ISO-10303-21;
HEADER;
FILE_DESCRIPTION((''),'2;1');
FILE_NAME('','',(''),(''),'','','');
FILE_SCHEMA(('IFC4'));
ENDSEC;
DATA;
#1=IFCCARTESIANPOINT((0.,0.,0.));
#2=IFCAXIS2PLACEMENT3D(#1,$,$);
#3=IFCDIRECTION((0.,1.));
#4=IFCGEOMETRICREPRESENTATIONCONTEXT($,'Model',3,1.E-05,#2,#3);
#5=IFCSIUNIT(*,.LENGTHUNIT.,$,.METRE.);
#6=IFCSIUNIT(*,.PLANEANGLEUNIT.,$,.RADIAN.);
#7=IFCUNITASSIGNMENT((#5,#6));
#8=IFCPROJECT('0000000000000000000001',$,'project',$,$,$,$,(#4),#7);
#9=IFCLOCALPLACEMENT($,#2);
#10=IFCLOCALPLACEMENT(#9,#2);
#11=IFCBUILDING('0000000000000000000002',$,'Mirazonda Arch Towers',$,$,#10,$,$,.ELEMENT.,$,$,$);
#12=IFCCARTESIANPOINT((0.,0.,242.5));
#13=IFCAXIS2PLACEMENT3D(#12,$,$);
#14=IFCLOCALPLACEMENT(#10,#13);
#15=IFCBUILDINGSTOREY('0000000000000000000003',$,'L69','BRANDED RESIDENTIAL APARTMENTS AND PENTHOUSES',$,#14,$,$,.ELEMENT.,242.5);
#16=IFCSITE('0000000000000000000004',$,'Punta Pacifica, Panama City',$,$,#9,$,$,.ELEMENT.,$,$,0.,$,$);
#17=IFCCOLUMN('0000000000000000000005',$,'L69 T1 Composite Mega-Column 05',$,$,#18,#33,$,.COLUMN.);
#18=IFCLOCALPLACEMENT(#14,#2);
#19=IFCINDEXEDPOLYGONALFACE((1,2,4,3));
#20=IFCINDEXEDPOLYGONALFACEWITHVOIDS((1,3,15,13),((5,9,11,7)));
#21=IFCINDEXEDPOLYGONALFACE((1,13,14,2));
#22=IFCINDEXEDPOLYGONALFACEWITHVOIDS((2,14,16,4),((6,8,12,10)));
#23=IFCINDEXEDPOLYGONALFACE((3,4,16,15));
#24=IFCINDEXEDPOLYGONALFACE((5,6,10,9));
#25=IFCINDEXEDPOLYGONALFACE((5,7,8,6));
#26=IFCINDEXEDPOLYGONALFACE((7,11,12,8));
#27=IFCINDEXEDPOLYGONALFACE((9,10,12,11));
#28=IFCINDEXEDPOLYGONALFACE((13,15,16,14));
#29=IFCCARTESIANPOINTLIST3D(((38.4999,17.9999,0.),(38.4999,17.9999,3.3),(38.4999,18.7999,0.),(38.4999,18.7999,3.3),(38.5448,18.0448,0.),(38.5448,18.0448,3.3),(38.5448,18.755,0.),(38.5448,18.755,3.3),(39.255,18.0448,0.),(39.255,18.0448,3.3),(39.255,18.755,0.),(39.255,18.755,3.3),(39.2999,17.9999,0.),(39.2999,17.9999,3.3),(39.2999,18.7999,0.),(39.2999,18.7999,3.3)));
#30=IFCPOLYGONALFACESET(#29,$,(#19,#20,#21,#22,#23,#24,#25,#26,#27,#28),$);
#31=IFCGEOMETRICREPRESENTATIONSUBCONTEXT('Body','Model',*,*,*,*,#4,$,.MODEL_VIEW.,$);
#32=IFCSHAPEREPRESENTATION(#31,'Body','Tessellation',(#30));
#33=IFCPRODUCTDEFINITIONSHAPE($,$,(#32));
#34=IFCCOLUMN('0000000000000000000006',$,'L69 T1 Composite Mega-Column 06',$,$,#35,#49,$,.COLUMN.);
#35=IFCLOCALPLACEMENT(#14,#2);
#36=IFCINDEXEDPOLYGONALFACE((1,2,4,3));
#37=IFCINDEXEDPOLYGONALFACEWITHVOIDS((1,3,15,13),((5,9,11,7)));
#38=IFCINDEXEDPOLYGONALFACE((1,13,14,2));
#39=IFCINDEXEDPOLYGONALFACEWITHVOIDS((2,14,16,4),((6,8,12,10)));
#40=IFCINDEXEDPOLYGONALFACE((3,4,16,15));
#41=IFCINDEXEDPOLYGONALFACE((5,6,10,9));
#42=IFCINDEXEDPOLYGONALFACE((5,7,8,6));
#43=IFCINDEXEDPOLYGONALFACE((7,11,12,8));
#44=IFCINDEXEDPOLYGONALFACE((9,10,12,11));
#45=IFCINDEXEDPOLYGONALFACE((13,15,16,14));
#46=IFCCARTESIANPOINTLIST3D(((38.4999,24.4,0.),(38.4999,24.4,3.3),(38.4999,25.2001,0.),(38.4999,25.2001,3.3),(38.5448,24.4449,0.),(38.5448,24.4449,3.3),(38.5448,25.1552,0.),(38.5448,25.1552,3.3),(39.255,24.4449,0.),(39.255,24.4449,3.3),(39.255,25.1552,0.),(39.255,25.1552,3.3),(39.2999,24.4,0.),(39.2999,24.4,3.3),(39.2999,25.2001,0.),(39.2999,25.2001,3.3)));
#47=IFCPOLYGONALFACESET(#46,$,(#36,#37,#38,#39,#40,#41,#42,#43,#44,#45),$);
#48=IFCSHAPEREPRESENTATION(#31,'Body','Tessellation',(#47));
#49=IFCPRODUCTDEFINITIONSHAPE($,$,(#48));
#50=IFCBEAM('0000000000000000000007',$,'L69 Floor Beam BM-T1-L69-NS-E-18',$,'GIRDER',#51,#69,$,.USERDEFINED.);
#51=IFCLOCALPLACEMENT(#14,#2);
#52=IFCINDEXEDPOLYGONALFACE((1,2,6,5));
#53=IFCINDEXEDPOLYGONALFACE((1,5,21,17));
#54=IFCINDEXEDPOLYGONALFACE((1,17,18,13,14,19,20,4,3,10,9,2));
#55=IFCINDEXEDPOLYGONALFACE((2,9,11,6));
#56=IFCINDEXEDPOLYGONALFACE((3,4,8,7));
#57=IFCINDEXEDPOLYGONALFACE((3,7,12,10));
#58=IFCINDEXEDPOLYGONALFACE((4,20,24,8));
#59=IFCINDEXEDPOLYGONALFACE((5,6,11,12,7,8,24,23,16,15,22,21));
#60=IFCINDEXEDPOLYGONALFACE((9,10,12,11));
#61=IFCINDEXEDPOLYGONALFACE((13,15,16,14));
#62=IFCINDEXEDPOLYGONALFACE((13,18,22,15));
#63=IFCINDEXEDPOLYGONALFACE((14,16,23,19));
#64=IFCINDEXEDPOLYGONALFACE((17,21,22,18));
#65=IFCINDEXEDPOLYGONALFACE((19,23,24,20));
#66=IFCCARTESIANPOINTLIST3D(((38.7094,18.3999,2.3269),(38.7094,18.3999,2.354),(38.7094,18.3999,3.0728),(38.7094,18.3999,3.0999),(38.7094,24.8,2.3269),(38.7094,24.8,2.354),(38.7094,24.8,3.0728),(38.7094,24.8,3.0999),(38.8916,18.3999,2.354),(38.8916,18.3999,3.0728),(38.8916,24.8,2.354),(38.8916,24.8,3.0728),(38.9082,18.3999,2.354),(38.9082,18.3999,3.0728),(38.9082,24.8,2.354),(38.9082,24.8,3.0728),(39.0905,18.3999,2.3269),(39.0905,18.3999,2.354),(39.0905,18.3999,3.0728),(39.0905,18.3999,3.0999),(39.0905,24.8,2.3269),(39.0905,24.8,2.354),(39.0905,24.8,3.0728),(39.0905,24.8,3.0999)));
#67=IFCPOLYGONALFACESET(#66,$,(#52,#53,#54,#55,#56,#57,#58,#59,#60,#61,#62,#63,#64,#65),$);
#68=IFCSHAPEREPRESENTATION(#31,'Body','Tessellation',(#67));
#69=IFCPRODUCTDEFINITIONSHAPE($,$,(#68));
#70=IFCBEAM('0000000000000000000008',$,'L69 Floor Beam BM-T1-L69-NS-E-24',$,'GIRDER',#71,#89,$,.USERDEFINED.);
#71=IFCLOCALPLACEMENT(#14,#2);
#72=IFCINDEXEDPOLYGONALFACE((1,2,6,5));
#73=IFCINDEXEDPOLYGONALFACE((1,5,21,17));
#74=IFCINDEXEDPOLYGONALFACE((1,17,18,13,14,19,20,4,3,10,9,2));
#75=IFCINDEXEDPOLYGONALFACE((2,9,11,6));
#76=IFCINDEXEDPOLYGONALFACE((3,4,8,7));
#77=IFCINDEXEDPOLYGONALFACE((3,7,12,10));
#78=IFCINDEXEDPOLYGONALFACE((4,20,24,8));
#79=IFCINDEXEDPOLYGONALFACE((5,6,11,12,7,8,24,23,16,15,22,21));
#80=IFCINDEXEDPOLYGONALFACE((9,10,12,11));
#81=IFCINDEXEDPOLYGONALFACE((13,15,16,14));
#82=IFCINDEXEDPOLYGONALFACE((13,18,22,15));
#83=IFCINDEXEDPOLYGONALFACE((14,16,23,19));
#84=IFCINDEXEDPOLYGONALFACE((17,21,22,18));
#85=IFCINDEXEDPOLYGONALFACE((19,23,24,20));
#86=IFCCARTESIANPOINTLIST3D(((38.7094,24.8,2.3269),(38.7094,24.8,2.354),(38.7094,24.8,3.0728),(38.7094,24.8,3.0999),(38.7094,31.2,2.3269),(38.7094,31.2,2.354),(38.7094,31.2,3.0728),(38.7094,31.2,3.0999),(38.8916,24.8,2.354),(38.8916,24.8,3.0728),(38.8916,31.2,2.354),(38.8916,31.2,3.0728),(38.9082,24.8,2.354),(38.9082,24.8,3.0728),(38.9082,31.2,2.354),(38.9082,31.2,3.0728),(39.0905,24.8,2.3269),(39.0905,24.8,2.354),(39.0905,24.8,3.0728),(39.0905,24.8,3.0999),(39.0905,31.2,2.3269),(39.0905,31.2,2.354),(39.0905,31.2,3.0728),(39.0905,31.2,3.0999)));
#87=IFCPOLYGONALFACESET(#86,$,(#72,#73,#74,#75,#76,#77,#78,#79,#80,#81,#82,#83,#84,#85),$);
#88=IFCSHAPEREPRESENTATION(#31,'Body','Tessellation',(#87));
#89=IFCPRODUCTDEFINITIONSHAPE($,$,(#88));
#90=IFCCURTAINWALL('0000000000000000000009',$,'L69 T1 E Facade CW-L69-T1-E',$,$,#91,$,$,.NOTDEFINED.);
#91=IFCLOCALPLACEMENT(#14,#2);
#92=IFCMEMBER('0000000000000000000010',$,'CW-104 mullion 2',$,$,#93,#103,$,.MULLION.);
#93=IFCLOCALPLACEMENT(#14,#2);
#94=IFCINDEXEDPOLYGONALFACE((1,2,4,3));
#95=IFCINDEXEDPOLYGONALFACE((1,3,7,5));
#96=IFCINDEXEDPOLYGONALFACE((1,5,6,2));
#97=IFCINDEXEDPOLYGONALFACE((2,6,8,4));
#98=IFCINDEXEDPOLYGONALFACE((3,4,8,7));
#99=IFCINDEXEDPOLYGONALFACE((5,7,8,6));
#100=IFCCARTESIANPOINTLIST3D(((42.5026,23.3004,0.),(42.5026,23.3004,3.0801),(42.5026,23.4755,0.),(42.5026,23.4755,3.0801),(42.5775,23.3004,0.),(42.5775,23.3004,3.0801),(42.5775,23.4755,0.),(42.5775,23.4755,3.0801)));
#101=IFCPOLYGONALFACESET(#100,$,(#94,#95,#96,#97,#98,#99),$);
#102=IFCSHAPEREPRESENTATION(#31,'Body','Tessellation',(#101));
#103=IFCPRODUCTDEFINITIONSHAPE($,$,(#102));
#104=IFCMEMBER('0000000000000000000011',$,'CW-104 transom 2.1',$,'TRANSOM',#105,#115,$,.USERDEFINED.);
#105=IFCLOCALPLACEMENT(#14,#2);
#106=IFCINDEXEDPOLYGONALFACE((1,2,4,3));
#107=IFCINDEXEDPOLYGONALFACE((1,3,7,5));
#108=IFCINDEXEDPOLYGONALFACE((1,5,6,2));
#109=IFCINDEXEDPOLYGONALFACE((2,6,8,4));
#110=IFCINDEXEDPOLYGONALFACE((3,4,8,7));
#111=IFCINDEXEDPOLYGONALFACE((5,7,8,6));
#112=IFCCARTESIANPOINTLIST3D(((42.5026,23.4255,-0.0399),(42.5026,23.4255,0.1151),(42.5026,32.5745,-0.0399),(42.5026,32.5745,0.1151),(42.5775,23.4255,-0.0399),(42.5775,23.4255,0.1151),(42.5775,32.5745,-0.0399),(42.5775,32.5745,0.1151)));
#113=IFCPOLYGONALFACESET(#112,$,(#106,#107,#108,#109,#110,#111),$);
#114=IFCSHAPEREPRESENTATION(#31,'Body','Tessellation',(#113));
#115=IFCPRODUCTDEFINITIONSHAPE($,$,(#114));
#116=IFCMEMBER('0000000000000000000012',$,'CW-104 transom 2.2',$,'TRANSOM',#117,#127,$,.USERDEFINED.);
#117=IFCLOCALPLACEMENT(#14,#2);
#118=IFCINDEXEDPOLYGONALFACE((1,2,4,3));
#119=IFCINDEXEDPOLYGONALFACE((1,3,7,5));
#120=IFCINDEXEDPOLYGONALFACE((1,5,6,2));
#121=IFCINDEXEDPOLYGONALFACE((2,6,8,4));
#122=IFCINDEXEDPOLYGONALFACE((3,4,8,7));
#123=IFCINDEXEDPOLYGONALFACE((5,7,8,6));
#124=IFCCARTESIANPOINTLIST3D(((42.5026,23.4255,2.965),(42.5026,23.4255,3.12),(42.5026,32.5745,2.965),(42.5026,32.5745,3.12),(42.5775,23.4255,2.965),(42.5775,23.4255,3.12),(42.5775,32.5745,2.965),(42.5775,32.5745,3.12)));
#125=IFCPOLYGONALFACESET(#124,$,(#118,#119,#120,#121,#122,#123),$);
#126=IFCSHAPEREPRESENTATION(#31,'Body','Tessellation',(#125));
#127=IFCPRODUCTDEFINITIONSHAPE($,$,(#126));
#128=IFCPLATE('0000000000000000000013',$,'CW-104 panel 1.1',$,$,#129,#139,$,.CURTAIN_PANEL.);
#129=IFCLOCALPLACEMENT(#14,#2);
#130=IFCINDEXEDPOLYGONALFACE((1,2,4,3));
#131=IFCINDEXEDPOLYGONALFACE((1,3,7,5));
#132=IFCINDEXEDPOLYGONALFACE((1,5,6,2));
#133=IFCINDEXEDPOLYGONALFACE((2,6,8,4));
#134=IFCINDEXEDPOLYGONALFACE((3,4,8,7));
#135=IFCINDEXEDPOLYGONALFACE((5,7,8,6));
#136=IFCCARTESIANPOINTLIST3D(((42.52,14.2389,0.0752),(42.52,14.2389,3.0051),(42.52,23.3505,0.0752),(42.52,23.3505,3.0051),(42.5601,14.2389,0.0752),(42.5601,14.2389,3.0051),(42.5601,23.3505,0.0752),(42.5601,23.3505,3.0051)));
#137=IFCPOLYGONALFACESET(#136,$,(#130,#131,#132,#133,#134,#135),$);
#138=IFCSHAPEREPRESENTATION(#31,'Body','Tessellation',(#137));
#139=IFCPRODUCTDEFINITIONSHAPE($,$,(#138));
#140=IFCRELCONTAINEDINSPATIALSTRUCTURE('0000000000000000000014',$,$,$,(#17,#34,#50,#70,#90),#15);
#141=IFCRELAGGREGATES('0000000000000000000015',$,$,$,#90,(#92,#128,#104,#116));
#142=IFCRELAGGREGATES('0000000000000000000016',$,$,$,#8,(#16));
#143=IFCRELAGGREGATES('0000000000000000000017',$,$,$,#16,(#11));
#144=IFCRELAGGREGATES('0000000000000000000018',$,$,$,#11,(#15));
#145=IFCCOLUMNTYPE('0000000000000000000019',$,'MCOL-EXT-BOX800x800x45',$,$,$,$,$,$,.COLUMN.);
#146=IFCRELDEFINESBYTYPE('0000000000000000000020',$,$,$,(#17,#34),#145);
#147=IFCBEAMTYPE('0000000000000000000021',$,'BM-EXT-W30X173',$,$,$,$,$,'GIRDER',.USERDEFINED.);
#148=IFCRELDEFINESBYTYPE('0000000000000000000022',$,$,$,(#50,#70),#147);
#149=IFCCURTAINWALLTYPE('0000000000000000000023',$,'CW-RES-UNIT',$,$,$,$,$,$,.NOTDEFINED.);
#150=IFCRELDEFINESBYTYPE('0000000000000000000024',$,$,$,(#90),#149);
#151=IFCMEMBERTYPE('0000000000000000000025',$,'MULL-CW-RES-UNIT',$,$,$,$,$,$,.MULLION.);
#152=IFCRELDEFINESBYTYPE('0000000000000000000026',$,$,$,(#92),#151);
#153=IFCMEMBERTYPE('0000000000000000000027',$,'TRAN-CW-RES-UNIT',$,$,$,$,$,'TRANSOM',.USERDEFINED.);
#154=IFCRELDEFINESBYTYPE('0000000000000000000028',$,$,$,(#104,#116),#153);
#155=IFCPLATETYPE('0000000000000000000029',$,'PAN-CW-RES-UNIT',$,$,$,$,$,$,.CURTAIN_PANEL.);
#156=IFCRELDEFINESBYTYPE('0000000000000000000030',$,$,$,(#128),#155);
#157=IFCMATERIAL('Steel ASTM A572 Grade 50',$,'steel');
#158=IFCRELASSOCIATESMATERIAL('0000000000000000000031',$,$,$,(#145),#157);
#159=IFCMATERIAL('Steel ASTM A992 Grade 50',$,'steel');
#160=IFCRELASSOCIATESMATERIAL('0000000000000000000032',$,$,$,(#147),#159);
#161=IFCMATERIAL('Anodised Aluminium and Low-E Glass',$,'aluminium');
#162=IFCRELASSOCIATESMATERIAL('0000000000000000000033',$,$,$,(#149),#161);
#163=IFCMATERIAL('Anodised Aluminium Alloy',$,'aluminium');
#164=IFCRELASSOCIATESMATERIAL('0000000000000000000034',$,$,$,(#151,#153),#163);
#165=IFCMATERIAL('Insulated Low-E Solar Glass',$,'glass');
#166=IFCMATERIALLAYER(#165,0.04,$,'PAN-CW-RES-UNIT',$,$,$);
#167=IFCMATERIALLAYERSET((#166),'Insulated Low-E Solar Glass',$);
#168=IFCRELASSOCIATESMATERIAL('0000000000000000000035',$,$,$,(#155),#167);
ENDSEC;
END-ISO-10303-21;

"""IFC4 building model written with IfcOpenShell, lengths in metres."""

from ifc_helpers import new_model, si_unit, direction, frame, origin, origin_2d, place, context, subcontext, project, spatial, rectangle, hollow_rectangle, i_section, extrude, material, layer, layer_set, material_profile, profile_set, type_object, element, aggregate, save


model = new_model("IFC4")

# Units and contexts
model_context = context("Model", 3, precision=1e-05, world=origin(), true_north=direction((0.0, 1.0)))
body_context = subcontext(model_context, "Body", "Model", "MODEL_VIEW")
ifc_project = project(units=[si_unit("LENGTHUNIT", "METRE"), si_unit("PLANEANGLEUNIT", "RADIAN")], contexts=[model_context])

# Site, building, storey
site_placement = place(None, origin())
site = spatial("IfcSite", under=ifc_project, at=site_placement, Name="Punta Pacifica, Panama City", CompositionType="ELEMENT", RefElevation=0.0)
building_placement = place(site_placement, origin())
building = spatial("IfcBuilding", under=site, at=building_placement, Name="Mirazonda Arch Towers", CompositionType="ELEMENT")
storey_placement = place(building_placement, frame((0.0, 0.0, 242.5)))
storey = spatial("IfcBuildingStorey", under=building, at=storey_placement, Name="L69", Description="BRANDED RESIDENTIAL APARTMENTS AND PENTHOUSES", CompositionType="ELEMENT", Elevation=242.5)

# Columns
ifc_material_1 = material(Name="Steel ASTM A572 Grade 50", Category="steel")
ifc_material_profile_1 = material_profile(ifc_material_1, hollow_rectangle(XDim=0.8, YDim=0.8, WallThickness=0.0449, at=origin_2d()), Name="BOX800x800x45")
ifc_profile_set_1 = profile_set([ifc_material_profile_1], Name="Steel ASTM A572 Grade 50")
column_type = type_object("IfcColumnType", Name="MCOL-EXT-BOX800x800x45", PredefinedType="COLUMN", material=ifc_profile_set_1)
for number, where, z_axis, x_axis, name in (
    (1, (38.8999, 18.3999, 0.0), (0.0, 0.0, 1.0), (1.0, 0.0, 0.0), "L69 T1 Composite Mega-Column 05"),
    (2, (38.8999, 24.8, 0.0), (0.0, 0.0, 1.0), (1.0, 0.0, 0.0), "L69 T1 Composite Mega-Column 06"),
):
    element("IfcColumn", number, at=place(storey_placement, frame(where, z_axis=z_axis, x_axis=x_axis)), inside=storey, type_object=column_type, Name=name, PredefinedType="COLUMN", context=body_context, shape_type="SweptSolid", body=[
        extrude(hollow_rectangle(XDim=0.8, YDim=0.8, WallThickness=0.0449, at=origin_2d()), origin(), (0.0, 0.0, 1.0), 3.3),
    ])

# Beams
ifc_material_2 = material(Name="Steel ASTM A992 Grade 50", Category="steel")
ifc_material_profile_2 = material_profile(ifc_material_2, i_section(OverallWidth=0.3811, OverallDepth=0.7729, WebThickness=0.0166, FlangeThickness=0.0271, at=origin_2d()), Name="W30X173")
ifc_profile_set_2 = profile_set([ifc_material_profile_2], Name="Steel ASTM A992 Grade 50")
beam_type = type_object("IfcBeamType", Name="BM-EXT-W30X173", ElementType="GIRDER", PredefinedType="USERDEFINED", material=ifc_profile_set_2)
beam_1_placement = place(storey_placement, frame((38.8999, 18.3999, 2.7134), z_axis=(0.0, 1.0, 0.0), x_axis=(-1.0, 0.0, 0.0)))
element("IfcBeam", 3, at=beam_1_placement, inside=storey, type_object=beam_type, Name="L69 Floor Beam BM-T1-L69-NS-E-18", ObjectType="GIRDER", PredefinedType="USERDEFINED", context=body_context, shape_type="SweptSolid", body=[
    extrude(i_section(OverallWidth=0.3811, OverallDepth=0.7729, WebThickness=0.0166, FlangeThickness=0.0271, at=origin_2d()), origin(), (0.0, 0.0, 1.0), 6.4001),
])
beam_2_placement = place(storey_placement, frame((38.8999, 24.8, 2.7134), z_axis=(0.0, 1.0, 0.0), x_axis=(-1.0, 0.0, 0.0)))
element("IfcBeam", 4, at=beam_2_placement, inside=storey, type_object=beam_type, Name="L69 Floor Beam BM-T1-L69-NS-E-24", ObjectType="GIRDER", PredefinedType="USERDEFINED", context=body_context, shape_type="SweptSolid", body=[
    extrude(i_section(OverallWidth=0.3811, OverallDepth=0.7729, WebThickness=0.0166, FlangeThickness=0.0271, at=origin_2d()), origin(), (0.0, 0.0, 1.0), 6.3999),
])

# Curtain wall, members, plate
ifc_material_3 = material(Name="Anodised Aluminium and Low-E Glass", Category="aluminium")
curtain_wall_type = type_object("IfcCurtainWallType", Name="CW-RES-UNIT", PredefinedType="NOTDEFINED", material=ifc_material_3)
curtain_wall_placement = place(storey_placement, origin())
curtain_wall = element("IfcCurtainWall", 5, at=curtain_wall_placement, inside=storey, type_object=curtain_wall_type, Name="L69 T1 E Facade CW-L69-T1-E", PredefinedType="NOTDEFINED")
ifc_material_4 = material(Name="Anodised Aluminium Alloy", Category="aluminium")
ifc_material_profile_3 = material_profile(ifc_material_4, rectangle(XDim=0.075, YDim=0.175, at=origin_2d()), Name="ALU-MULL-75x175")
ifc_profile_set_3 = profile_set([ifc_material_profile_3], Name="Anodised Aluminium Alloy")
member_type_1 = type_object("IfcMemberType", Name="MULL-CW-RES-UNIT", PredefinedType="MULLION", material=ifc_profile_set_3)
member_1_placement = place(storey_placement, frame((42.54, 23.3879, 0.0), z_axis=(0.0, 0.0, 1.0), x_axis=(-1.0, 0.0, 0.0)))
member_1 = element("IfcMember", 6, at=member_1_placement, type_object=member_type_1, Name="CW-104 mullion 2", PredefinedType="MULLION", context=body_context, shape_type="SweptSolid", body=[
    extrude(rectangle(XDim=0.075, YDim=0.175, at=origin_2d()), origin(), (0.0, 0.0, 1.0), 3.0801),
])
ifc_material_profile_4 = material_profile(ifc_material_4, rectangle(XDim=0.075, YDim=0.155, at=origin_2d()), Name="ALU-TRAN-75x155")
ifc_profile_set_4 = profile_set([ifc_material_profile_4], Name="Anodised Aluminium Alloy")
member_type_2 = type_object("IfcMemberType", Name="TRAN-CW-RES-UNIT", ElementType="TRANSOM", PredefinedType="USERDEFINED", material=ifc_profile_set_4)
member_2_placement = place(storey_placement, frame((42.54, 23.4255, 0.0376), z_axis=(0.0, 1.0, 0.0), x_axis=(-1.0, 0.0, 0.0)))
member_2 = element("IfcMember", 7, at=member_2_placement, type_object=member_type_2, Name="CW-104 transom 2.1", ObjectType="TRANSOM", PredefinedType="USERDEFINED", context=body_context, shape_type="SweptSolid", body=[
    extrude(rectangle(XDim=0.075, YDim=0.155, at=origin_2d()), origin(), (0.0, 0.0, 1.0), 9.1489),
])
member_3_placement = place(storey_placement, frame((42.54, 23.4255, 3.0425), z_axis=(0.0, 1.0, 0.0), x_axis=(-1.0, 0.0, 0.0)))
member_3 = element("IfcMember", 8, at=member_3_placement, type_object=member_type_2, Name="CW-104 transom 2.2", ObjectType="TRANSOM", PredefinedType="USERDEFINED", context=body_context, shape_type="SweptSolid", body=[
    extrude(rectangle(XDim=0.075, YDim=0.155, at=origin_2d()), origin(), (0.0, 0.0, 1.0), 9.1489),
])
ifc_material_5 = material(Name="Insulated Low-E Solar Glass", Category="glass")
ifc_layer_1 = layer(ifc_material_5, 0.04, Name="PAN-CW-RES-UNIT")
ifc_layer_set_1 = layer_set([ifc_layer_1], Name="Insulated Low-E Solar Glass")
plate_type = type_object("IfcPlateType", Name="PAN-CW-RES-UNIT", PredefinedType="CURTAIN_PANEL", material=ifc_layer_set_1)
plate_placement = place(storey_placement, frame((42.54, 18.7947, 0.0752), z_axis=(0.0, 0.0, 1.0), x_axis=(0.0, 1.0, 0.0)))
plate = element("IfcPlate", 9, at=plate_placement, type_object=plate_type, Name="CW-104 panel 1.1", PredefinedType="CURTAIN_PANEL", context=body_context, shape_type="SweptSolid", body=[
    extrude(rectangle(XDim=9.1116, YDim=0.04, at=origin_2d()), origin(), (0.0, 0.0, 1.0), 2.9299),
])
aggregate(curtain_wall, [member_1, plate, member_2, member_3])

save(model, "model.ifc")
